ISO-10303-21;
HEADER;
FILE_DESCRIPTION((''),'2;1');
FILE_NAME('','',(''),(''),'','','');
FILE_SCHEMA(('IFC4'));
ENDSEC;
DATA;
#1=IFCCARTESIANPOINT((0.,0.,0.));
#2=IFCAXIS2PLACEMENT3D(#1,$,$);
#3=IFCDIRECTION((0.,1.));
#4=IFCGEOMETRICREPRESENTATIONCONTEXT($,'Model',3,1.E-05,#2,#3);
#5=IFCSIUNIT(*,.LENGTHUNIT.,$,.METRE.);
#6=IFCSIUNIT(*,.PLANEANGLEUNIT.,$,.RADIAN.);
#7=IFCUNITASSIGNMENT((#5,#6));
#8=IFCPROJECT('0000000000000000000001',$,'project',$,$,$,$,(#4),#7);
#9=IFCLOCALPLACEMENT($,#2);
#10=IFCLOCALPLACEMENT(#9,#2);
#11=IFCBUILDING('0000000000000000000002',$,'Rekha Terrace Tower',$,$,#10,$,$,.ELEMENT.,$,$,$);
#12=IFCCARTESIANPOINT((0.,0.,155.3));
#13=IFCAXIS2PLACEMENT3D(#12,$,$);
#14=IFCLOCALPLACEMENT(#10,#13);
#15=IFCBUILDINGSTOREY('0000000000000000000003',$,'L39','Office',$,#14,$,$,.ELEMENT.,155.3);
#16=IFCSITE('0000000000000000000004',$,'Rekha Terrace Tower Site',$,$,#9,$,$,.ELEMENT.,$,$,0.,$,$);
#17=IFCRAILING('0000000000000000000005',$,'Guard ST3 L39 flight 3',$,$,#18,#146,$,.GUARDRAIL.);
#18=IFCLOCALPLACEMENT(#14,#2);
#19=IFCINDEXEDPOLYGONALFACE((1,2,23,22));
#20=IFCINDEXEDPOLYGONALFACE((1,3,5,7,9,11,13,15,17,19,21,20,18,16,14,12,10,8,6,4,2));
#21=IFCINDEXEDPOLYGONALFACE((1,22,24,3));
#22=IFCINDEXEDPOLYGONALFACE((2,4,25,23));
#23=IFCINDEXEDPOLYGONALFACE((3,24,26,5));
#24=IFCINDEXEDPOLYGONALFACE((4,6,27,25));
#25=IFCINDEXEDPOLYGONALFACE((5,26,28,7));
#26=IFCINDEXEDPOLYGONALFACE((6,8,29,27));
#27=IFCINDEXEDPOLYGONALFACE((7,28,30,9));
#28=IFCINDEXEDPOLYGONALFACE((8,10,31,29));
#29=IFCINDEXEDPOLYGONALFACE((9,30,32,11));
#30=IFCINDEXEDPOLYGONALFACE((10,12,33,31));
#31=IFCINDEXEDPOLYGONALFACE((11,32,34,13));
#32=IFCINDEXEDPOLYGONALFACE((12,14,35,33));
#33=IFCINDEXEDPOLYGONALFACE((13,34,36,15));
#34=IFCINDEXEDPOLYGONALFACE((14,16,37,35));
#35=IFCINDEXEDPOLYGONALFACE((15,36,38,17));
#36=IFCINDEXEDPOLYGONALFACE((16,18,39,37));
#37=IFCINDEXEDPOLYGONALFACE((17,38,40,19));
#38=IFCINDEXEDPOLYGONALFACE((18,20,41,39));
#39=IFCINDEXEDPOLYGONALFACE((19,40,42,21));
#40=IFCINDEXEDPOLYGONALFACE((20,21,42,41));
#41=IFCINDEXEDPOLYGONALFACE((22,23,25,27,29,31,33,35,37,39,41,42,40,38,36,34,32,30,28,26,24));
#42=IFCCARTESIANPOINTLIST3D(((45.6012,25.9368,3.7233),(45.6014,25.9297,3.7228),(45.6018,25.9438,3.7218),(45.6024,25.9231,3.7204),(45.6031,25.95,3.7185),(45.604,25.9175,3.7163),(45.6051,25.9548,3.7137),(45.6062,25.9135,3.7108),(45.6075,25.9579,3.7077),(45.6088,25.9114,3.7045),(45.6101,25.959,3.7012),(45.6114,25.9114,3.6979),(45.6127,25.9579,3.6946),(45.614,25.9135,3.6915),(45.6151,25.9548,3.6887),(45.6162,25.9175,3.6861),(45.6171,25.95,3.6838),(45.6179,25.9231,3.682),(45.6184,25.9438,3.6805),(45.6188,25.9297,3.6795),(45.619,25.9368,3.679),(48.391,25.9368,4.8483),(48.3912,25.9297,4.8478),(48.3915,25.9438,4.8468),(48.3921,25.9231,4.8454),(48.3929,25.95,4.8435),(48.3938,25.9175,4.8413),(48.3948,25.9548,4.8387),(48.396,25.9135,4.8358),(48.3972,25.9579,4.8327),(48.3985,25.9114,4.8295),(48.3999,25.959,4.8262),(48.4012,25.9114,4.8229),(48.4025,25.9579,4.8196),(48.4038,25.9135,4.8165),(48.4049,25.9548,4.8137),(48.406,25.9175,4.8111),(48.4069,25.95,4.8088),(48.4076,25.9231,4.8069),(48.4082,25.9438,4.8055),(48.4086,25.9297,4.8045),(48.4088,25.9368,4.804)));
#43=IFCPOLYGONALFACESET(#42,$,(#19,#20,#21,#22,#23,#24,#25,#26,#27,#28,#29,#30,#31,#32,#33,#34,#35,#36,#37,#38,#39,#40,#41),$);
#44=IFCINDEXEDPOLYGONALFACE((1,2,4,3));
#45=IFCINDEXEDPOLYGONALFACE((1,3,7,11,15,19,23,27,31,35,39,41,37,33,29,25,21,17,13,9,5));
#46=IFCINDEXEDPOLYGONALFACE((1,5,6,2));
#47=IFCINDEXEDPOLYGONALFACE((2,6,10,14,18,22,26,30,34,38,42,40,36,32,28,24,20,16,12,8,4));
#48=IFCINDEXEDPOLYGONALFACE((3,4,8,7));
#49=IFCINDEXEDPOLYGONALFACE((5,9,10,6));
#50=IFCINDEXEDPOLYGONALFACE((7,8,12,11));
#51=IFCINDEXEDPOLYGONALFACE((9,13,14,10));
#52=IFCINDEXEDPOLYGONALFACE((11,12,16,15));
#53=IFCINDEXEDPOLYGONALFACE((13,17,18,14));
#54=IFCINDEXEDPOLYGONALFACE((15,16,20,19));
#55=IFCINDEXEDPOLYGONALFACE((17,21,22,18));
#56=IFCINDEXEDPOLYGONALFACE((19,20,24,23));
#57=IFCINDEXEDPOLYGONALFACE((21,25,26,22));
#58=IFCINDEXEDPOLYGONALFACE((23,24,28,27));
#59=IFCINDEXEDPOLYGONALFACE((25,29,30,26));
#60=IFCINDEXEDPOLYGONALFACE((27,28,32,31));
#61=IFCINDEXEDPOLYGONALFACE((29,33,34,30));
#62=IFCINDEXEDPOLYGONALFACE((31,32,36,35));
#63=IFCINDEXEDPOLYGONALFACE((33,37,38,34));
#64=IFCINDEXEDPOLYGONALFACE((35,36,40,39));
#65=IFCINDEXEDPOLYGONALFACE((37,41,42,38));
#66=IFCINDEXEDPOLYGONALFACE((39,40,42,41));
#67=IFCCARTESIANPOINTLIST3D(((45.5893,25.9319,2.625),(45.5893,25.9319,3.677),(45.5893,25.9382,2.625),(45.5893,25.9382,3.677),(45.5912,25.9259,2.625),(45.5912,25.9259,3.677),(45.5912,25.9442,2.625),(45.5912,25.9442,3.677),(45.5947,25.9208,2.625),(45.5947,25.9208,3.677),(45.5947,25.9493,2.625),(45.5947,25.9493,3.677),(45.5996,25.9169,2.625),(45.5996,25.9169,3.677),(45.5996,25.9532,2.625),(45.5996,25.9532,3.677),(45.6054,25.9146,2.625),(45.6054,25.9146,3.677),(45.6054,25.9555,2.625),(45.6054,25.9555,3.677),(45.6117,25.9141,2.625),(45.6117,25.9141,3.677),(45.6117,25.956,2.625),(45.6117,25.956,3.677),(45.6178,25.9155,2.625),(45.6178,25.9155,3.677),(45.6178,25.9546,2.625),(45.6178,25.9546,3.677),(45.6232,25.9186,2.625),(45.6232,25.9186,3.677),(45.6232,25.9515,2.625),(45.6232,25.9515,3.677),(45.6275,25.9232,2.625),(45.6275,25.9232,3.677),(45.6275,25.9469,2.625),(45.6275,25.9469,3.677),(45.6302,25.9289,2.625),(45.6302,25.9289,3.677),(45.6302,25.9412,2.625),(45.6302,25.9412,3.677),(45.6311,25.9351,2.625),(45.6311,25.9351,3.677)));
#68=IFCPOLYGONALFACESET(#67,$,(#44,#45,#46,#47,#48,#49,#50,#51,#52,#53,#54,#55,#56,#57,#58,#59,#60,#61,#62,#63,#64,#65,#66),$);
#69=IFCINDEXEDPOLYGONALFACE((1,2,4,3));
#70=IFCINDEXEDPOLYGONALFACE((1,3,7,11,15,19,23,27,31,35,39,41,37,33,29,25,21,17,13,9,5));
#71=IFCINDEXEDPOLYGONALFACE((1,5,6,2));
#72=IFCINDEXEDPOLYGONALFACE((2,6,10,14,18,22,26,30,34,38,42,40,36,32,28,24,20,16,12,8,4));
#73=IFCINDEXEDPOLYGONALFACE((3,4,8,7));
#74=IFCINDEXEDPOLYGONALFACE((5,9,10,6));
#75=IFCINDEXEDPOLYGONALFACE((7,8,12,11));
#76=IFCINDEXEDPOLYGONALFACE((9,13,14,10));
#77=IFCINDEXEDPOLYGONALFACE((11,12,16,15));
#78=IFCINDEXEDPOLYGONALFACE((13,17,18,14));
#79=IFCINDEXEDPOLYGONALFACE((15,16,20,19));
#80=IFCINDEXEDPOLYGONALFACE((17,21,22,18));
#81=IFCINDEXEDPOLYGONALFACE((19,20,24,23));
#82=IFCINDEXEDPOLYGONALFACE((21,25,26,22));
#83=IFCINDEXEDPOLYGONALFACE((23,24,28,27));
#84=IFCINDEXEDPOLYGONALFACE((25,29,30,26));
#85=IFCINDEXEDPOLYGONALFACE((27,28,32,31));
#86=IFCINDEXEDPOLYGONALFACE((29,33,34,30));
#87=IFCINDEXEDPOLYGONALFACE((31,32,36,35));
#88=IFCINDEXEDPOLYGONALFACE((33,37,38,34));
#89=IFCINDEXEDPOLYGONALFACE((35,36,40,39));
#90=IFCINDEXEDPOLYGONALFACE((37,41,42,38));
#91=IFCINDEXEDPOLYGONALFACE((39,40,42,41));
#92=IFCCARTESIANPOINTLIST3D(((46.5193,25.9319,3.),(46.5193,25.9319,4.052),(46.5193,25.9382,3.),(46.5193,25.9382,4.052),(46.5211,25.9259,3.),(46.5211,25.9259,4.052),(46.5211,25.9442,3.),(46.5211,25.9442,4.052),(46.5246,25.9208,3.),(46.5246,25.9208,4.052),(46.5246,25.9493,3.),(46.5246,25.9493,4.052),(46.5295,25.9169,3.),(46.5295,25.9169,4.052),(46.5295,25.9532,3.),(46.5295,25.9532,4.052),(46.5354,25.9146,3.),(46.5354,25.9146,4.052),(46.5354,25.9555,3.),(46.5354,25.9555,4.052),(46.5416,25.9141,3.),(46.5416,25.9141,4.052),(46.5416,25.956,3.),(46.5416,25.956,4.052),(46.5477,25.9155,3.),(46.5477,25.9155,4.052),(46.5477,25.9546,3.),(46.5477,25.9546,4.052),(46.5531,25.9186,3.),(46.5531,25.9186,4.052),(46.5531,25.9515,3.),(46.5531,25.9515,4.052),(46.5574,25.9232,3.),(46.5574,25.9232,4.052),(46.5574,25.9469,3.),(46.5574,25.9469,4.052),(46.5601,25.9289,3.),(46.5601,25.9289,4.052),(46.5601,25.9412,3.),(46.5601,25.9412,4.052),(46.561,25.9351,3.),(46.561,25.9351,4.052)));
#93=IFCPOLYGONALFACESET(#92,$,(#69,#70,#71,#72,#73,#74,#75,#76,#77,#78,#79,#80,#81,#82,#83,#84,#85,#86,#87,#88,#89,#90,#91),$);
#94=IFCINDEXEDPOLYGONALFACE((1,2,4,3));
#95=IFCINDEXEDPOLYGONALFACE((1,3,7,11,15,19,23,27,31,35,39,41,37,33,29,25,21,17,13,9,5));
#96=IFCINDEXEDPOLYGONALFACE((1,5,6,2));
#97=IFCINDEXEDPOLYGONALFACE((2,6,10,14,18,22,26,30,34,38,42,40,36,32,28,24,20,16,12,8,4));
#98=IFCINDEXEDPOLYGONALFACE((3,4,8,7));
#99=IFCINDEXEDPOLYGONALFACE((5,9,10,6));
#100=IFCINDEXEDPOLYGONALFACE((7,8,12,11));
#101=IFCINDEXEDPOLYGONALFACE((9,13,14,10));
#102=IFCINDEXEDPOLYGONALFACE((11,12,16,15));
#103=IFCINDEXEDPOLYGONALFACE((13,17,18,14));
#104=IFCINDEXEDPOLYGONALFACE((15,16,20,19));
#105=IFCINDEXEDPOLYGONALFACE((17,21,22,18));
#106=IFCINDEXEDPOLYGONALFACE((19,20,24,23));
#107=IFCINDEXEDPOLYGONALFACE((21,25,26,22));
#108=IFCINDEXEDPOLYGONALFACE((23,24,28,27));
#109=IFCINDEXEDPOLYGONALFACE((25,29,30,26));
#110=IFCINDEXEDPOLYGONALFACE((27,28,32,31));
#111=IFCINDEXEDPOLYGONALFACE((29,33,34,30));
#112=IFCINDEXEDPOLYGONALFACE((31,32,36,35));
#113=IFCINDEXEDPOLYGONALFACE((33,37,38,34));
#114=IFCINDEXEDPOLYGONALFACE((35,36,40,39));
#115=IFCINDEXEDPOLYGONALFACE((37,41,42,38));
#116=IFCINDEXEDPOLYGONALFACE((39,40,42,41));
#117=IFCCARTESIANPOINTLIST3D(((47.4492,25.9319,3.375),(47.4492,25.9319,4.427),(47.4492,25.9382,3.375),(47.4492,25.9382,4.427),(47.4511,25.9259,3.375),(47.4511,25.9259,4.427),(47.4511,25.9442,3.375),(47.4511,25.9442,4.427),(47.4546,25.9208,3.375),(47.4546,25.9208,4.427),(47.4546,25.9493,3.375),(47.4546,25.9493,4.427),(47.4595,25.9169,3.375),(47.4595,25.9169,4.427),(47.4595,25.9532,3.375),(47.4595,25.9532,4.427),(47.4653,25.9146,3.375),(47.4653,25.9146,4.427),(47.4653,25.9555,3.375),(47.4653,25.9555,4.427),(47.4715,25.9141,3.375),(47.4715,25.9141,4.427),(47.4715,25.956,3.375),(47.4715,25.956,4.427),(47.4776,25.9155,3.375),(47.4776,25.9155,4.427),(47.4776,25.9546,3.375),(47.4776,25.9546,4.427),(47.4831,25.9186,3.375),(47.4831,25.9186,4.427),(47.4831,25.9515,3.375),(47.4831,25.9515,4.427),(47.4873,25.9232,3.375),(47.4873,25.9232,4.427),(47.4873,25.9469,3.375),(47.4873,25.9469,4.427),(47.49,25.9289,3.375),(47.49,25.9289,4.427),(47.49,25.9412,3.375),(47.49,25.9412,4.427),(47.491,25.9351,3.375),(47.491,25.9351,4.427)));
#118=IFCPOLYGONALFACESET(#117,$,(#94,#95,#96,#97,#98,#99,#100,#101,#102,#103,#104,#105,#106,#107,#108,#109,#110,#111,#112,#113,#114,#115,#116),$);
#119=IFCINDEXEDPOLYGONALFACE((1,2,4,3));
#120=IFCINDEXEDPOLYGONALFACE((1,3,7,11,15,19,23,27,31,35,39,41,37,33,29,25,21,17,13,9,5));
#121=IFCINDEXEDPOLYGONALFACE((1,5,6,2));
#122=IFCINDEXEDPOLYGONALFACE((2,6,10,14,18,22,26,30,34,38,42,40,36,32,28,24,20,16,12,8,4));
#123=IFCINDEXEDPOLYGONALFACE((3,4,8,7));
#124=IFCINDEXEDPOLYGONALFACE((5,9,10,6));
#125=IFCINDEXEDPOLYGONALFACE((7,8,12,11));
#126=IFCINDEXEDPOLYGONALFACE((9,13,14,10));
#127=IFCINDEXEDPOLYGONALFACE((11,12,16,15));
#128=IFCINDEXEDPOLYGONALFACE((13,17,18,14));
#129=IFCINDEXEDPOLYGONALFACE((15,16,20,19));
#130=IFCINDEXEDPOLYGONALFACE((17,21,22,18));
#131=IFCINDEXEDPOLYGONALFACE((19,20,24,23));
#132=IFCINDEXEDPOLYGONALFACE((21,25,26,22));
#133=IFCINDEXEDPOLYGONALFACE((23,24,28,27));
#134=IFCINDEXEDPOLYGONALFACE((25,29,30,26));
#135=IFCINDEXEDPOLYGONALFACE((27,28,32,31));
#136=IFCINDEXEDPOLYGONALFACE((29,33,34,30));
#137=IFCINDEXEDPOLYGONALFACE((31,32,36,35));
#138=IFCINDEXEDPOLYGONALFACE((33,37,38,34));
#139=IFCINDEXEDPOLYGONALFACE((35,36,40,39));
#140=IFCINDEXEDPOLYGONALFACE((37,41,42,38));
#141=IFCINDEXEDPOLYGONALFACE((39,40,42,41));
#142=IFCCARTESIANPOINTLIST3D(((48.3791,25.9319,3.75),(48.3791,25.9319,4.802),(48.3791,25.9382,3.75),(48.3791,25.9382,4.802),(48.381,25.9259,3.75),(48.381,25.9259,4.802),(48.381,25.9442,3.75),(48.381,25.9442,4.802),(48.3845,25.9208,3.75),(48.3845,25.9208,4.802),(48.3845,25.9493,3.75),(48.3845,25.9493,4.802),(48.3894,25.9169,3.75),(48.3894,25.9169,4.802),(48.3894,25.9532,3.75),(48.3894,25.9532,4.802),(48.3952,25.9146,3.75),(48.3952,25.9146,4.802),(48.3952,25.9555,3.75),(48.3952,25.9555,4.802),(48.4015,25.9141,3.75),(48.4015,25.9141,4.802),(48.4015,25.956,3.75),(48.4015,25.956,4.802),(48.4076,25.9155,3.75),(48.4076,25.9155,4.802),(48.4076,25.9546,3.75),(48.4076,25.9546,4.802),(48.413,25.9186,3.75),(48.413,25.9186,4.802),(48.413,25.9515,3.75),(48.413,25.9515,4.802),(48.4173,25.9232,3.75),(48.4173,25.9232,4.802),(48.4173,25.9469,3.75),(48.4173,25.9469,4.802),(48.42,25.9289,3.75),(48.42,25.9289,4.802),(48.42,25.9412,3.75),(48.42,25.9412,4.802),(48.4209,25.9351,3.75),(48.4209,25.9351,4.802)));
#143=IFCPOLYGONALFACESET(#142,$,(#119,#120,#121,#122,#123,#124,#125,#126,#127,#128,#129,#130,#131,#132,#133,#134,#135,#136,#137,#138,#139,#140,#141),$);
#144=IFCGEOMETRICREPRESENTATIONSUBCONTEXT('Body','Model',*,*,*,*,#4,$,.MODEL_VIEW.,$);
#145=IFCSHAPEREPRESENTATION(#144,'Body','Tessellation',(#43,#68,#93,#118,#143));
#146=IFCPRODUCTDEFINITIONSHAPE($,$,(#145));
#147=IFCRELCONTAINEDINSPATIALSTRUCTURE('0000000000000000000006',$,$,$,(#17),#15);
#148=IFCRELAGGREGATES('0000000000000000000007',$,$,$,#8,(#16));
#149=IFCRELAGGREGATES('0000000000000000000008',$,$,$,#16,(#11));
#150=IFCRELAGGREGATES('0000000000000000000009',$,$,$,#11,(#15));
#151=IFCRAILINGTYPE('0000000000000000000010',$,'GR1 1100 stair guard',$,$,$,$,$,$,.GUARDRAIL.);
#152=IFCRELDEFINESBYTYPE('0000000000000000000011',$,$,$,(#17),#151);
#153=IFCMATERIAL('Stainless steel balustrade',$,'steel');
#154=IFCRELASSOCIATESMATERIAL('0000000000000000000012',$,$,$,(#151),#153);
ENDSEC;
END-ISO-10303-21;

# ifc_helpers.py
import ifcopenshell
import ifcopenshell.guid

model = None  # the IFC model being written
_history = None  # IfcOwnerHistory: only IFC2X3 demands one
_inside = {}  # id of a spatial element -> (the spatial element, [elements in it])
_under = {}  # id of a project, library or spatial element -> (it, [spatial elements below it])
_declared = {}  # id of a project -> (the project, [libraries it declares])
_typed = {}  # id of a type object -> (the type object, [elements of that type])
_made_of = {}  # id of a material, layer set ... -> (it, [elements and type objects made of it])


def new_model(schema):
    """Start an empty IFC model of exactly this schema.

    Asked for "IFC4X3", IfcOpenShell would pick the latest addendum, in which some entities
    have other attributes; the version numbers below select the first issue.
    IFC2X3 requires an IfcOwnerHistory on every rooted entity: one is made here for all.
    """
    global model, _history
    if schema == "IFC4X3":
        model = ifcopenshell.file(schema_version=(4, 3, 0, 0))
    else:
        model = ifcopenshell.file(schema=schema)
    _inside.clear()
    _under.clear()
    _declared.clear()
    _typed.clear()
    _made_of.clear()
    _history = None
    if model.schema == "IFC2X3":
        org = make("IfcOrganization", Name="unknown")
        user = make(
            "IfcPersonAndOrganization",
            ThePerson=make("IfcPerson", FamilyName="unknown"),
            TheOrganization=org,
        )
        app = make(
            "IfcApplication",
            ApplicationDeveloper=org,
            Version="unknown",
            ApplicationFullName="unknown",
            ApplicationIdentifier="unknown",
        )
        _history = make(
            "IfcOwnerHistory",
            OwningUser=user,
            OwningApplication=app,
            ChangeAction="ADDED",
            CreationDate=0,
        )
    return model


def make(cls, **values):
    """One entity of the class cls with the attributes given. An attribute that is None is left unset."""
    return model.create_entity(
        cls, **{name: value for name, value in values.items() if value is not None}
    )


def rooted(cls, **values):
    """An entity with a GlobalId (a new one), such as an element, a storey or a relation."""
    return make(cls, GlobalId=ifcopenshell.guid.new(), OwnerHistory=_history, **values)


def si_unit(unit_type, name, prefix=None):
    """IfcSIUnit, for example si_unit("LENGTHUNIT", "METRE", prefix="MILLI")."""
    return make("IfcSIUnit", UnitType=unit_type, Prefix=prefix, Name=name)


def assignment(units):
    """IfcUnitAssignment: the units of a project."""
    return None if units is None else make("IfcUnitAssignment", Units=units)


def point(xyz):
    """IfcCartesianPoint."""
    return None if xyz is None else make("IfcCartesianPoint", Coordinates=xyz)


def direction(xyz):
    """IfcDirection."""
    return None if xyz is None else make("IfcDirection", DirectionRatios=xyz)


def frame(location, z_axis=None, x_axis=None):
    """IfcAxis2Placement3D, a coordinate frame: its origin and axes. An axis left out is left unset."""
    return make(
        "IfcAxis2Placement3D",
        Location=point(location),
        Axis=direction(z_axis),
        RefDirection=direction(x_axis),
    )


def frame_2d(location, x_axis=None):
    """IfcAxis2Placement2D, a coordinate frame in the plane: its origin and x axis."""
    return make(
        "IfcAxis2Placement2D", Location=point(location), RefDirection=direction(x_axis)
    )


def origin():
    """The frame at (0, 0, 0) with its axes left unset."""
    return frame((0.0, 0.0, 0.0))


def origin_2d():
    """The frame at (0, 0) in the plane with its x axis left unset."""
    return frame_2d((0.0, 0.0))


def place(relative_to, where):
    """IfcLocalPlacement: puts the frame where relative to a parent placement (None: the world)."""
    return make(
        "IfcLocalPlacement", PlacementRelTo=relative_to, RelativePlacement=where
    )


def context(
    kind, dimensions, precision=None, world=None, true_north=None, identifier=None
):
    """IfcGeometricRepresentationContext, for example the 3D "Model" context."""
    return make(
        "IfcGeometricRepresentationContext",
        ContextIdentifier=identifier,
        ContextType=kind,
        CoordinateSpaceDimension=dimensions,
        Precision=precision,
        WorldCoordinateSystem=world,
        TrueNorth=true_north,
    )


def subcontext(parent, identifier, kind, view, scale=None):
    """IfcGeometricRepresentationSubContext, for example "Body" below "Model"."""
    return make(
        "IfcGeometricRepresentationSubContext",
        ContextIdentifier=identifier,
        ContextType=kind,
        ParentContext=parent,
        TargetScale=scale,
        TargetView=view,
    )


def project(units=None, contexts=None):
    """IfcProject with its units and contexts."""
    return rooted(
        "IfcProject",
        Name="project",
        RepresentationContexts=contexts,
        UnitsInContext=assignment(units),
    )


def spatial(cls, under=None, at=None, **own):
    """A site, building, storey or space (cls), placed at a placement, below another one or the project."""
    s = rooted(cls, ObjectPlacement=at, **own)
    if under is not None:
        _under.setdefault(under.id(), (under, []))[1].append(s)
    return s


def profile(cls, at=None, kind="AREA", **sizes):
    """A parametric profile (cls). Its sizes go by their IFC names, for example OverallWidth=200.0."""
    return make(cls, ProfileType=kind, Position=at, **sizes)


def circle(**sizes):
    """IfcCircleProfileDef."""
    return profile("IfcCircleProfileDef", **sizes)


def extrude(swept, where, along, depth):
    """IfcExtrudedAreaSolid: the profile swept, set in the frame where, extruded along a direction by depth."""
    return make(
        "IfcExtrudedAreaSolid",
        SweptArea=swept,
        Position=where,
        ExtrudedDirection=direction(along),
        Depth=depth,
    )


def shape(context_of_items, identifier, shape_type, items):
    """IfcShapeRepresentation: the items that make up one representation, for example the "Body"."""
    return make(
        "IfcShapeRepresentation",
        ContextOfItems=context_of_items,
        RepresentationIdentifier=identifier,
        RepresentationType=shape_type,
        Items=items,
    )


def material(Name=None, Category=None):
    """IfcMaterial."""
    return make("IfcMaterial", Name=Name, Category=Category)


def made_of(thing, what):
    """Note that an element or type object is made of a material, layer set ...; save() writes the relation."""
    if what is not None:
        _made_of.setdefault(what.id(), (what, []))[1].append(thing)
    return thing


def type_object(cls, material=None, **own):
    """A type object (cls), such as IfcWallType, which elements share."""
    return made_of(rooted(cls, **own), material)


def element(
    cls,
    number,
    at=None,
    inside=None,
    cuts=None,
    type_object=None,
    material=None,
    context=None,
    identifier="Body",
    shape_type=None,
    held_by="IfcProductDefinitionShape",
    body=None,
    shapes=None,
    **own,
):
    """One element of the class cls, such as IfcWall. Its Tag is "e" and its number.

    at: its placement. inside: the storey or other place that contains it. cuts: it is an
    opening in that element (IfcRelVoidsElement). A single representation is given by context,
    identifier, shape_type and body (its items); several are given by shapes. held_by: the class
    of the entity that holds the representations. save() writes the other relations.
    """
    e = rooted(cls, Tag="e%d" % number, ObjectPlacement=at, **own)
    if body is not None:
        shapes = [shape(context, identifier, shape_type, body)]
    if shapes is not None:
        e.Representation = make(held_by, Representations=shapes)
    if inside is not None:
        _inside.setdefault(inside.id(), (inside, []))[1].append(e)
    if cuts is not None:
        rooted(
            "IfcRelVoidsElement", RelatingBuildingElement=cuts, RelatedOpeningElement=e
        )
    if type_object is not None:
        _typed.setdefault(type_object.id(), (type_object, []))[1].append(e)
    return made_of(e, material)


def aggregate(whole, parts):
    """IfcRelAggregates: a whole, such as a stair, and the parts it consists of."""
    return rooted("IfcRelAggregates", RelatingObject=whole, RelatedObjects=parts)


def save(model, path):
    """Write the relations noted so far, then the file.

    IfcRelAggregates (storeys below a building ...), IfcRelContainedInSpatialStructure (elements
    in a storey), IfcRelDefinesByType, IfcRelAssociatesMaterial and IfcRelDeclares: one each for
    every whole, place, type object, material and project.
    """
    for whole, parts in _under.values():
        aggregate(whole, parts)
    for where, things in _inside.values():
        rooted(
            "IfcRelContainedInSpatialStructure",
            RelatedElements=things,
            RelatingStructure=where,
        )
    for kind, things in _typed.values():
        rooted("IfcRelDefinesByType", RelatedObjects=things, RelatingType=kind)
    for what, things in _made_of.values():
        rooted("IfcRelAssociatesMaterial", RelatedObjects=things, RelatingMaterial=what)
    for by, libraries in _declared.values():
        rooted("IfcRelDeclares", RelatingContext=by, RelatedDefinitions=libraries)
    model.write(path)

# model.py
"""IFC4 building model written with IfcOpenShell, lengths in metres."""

from ifc_helpers import new_model, si_unit, direction, frame, origin, origin_2d, place, context, subcontext, project, spatial, circle, extrude, material, type_object, element, save


model = new_model("IFC4")

# Units and contexts
model_context = context("Model", 3, precision=1e-05, world=origin(), true_north=direction((0.0, 1.0)))
body_context = subcontext(model_context, "Body", "Model", "MODEL_VIEW")
ifc_project = project(units=[si_unit("LENGTHUNIT", "METRE"), si_unit("PLANEANGLEUNIT", "RADIAN")], contexts=[model_context])

# Site, building, storey
site_placement = place(None, origin())
site = spatial("IfcSite", under=ifc_project, at=site_placement, Name="Rekha Terrace Tower Site", CompositionType="ELEMENT", RefElevation=0.0)
building_placement = place(site_placement, origin())
building = spatial("IfcBuilding", under=site, at=building_placement, Name="Rekha Terrace Tower", CompositionType="ELEMENT")
storey_placement = place(building_placement, frame((0.0, 0.0, 155.3)))
storey = spatial("IfcBuildingStorey", under=building, at=storey_placement, Name="L39", Description="Office", CompositionType="ELEMENT", Elevation=155.3)

# Railing
ifc_material_1 = material(Name="Stainless steel balustrade", Category="steel")
railing_type_1 = type_object("IfcRailingType", Name="GR1 1100 stair guard", PredefinedType="GUARDRAIL", material=ifc_material_1)
railing_1_placement = place(storey_placement, frame((45.6101, 25.9351, 2.625)))
element("IfcRailing", 1, at=railing_1_placement, inside=storey, type_object=railing_type_1, Name="Guard ST3 L39 flight 3", PredefinedType="GUARDRAIL", context=body_context, shape_type="SweptSolid", body=[
    extrude(circle(Radius=0.0239, at=origin_2d()), frame((0.0, 0.0, 1.0762), z_axis=(0.927432, 0.0, 0.373992), x_axis=(0.0, 1.0, 0.0)), (0.0, 0.0, 1.0), 3.0081),
    extrude(circle(Radius=0.021, at=origin_2d()), origin(), (0.0, 0.0, 1.0), 1.052),
    extrude(circle(Radius=0.021, at=origin_2d()), frame((0.9299, 0.0, 0.375)), (0.0, 0.0, 1.0), 1.052),
    extrude(circle(Radius=0.021, at=origin_2d()), frame((1.8599, 0.0, 0.75)), (0.0, 0.0, 1.0), 1.052),
    extrude(circle(Radius=0.021, at=origin_2d()), frame((2.7898, 0.0, 1.125)), (0.0, 0.0, 1.0), 1.052),
])

save(model, "model.ifc")
